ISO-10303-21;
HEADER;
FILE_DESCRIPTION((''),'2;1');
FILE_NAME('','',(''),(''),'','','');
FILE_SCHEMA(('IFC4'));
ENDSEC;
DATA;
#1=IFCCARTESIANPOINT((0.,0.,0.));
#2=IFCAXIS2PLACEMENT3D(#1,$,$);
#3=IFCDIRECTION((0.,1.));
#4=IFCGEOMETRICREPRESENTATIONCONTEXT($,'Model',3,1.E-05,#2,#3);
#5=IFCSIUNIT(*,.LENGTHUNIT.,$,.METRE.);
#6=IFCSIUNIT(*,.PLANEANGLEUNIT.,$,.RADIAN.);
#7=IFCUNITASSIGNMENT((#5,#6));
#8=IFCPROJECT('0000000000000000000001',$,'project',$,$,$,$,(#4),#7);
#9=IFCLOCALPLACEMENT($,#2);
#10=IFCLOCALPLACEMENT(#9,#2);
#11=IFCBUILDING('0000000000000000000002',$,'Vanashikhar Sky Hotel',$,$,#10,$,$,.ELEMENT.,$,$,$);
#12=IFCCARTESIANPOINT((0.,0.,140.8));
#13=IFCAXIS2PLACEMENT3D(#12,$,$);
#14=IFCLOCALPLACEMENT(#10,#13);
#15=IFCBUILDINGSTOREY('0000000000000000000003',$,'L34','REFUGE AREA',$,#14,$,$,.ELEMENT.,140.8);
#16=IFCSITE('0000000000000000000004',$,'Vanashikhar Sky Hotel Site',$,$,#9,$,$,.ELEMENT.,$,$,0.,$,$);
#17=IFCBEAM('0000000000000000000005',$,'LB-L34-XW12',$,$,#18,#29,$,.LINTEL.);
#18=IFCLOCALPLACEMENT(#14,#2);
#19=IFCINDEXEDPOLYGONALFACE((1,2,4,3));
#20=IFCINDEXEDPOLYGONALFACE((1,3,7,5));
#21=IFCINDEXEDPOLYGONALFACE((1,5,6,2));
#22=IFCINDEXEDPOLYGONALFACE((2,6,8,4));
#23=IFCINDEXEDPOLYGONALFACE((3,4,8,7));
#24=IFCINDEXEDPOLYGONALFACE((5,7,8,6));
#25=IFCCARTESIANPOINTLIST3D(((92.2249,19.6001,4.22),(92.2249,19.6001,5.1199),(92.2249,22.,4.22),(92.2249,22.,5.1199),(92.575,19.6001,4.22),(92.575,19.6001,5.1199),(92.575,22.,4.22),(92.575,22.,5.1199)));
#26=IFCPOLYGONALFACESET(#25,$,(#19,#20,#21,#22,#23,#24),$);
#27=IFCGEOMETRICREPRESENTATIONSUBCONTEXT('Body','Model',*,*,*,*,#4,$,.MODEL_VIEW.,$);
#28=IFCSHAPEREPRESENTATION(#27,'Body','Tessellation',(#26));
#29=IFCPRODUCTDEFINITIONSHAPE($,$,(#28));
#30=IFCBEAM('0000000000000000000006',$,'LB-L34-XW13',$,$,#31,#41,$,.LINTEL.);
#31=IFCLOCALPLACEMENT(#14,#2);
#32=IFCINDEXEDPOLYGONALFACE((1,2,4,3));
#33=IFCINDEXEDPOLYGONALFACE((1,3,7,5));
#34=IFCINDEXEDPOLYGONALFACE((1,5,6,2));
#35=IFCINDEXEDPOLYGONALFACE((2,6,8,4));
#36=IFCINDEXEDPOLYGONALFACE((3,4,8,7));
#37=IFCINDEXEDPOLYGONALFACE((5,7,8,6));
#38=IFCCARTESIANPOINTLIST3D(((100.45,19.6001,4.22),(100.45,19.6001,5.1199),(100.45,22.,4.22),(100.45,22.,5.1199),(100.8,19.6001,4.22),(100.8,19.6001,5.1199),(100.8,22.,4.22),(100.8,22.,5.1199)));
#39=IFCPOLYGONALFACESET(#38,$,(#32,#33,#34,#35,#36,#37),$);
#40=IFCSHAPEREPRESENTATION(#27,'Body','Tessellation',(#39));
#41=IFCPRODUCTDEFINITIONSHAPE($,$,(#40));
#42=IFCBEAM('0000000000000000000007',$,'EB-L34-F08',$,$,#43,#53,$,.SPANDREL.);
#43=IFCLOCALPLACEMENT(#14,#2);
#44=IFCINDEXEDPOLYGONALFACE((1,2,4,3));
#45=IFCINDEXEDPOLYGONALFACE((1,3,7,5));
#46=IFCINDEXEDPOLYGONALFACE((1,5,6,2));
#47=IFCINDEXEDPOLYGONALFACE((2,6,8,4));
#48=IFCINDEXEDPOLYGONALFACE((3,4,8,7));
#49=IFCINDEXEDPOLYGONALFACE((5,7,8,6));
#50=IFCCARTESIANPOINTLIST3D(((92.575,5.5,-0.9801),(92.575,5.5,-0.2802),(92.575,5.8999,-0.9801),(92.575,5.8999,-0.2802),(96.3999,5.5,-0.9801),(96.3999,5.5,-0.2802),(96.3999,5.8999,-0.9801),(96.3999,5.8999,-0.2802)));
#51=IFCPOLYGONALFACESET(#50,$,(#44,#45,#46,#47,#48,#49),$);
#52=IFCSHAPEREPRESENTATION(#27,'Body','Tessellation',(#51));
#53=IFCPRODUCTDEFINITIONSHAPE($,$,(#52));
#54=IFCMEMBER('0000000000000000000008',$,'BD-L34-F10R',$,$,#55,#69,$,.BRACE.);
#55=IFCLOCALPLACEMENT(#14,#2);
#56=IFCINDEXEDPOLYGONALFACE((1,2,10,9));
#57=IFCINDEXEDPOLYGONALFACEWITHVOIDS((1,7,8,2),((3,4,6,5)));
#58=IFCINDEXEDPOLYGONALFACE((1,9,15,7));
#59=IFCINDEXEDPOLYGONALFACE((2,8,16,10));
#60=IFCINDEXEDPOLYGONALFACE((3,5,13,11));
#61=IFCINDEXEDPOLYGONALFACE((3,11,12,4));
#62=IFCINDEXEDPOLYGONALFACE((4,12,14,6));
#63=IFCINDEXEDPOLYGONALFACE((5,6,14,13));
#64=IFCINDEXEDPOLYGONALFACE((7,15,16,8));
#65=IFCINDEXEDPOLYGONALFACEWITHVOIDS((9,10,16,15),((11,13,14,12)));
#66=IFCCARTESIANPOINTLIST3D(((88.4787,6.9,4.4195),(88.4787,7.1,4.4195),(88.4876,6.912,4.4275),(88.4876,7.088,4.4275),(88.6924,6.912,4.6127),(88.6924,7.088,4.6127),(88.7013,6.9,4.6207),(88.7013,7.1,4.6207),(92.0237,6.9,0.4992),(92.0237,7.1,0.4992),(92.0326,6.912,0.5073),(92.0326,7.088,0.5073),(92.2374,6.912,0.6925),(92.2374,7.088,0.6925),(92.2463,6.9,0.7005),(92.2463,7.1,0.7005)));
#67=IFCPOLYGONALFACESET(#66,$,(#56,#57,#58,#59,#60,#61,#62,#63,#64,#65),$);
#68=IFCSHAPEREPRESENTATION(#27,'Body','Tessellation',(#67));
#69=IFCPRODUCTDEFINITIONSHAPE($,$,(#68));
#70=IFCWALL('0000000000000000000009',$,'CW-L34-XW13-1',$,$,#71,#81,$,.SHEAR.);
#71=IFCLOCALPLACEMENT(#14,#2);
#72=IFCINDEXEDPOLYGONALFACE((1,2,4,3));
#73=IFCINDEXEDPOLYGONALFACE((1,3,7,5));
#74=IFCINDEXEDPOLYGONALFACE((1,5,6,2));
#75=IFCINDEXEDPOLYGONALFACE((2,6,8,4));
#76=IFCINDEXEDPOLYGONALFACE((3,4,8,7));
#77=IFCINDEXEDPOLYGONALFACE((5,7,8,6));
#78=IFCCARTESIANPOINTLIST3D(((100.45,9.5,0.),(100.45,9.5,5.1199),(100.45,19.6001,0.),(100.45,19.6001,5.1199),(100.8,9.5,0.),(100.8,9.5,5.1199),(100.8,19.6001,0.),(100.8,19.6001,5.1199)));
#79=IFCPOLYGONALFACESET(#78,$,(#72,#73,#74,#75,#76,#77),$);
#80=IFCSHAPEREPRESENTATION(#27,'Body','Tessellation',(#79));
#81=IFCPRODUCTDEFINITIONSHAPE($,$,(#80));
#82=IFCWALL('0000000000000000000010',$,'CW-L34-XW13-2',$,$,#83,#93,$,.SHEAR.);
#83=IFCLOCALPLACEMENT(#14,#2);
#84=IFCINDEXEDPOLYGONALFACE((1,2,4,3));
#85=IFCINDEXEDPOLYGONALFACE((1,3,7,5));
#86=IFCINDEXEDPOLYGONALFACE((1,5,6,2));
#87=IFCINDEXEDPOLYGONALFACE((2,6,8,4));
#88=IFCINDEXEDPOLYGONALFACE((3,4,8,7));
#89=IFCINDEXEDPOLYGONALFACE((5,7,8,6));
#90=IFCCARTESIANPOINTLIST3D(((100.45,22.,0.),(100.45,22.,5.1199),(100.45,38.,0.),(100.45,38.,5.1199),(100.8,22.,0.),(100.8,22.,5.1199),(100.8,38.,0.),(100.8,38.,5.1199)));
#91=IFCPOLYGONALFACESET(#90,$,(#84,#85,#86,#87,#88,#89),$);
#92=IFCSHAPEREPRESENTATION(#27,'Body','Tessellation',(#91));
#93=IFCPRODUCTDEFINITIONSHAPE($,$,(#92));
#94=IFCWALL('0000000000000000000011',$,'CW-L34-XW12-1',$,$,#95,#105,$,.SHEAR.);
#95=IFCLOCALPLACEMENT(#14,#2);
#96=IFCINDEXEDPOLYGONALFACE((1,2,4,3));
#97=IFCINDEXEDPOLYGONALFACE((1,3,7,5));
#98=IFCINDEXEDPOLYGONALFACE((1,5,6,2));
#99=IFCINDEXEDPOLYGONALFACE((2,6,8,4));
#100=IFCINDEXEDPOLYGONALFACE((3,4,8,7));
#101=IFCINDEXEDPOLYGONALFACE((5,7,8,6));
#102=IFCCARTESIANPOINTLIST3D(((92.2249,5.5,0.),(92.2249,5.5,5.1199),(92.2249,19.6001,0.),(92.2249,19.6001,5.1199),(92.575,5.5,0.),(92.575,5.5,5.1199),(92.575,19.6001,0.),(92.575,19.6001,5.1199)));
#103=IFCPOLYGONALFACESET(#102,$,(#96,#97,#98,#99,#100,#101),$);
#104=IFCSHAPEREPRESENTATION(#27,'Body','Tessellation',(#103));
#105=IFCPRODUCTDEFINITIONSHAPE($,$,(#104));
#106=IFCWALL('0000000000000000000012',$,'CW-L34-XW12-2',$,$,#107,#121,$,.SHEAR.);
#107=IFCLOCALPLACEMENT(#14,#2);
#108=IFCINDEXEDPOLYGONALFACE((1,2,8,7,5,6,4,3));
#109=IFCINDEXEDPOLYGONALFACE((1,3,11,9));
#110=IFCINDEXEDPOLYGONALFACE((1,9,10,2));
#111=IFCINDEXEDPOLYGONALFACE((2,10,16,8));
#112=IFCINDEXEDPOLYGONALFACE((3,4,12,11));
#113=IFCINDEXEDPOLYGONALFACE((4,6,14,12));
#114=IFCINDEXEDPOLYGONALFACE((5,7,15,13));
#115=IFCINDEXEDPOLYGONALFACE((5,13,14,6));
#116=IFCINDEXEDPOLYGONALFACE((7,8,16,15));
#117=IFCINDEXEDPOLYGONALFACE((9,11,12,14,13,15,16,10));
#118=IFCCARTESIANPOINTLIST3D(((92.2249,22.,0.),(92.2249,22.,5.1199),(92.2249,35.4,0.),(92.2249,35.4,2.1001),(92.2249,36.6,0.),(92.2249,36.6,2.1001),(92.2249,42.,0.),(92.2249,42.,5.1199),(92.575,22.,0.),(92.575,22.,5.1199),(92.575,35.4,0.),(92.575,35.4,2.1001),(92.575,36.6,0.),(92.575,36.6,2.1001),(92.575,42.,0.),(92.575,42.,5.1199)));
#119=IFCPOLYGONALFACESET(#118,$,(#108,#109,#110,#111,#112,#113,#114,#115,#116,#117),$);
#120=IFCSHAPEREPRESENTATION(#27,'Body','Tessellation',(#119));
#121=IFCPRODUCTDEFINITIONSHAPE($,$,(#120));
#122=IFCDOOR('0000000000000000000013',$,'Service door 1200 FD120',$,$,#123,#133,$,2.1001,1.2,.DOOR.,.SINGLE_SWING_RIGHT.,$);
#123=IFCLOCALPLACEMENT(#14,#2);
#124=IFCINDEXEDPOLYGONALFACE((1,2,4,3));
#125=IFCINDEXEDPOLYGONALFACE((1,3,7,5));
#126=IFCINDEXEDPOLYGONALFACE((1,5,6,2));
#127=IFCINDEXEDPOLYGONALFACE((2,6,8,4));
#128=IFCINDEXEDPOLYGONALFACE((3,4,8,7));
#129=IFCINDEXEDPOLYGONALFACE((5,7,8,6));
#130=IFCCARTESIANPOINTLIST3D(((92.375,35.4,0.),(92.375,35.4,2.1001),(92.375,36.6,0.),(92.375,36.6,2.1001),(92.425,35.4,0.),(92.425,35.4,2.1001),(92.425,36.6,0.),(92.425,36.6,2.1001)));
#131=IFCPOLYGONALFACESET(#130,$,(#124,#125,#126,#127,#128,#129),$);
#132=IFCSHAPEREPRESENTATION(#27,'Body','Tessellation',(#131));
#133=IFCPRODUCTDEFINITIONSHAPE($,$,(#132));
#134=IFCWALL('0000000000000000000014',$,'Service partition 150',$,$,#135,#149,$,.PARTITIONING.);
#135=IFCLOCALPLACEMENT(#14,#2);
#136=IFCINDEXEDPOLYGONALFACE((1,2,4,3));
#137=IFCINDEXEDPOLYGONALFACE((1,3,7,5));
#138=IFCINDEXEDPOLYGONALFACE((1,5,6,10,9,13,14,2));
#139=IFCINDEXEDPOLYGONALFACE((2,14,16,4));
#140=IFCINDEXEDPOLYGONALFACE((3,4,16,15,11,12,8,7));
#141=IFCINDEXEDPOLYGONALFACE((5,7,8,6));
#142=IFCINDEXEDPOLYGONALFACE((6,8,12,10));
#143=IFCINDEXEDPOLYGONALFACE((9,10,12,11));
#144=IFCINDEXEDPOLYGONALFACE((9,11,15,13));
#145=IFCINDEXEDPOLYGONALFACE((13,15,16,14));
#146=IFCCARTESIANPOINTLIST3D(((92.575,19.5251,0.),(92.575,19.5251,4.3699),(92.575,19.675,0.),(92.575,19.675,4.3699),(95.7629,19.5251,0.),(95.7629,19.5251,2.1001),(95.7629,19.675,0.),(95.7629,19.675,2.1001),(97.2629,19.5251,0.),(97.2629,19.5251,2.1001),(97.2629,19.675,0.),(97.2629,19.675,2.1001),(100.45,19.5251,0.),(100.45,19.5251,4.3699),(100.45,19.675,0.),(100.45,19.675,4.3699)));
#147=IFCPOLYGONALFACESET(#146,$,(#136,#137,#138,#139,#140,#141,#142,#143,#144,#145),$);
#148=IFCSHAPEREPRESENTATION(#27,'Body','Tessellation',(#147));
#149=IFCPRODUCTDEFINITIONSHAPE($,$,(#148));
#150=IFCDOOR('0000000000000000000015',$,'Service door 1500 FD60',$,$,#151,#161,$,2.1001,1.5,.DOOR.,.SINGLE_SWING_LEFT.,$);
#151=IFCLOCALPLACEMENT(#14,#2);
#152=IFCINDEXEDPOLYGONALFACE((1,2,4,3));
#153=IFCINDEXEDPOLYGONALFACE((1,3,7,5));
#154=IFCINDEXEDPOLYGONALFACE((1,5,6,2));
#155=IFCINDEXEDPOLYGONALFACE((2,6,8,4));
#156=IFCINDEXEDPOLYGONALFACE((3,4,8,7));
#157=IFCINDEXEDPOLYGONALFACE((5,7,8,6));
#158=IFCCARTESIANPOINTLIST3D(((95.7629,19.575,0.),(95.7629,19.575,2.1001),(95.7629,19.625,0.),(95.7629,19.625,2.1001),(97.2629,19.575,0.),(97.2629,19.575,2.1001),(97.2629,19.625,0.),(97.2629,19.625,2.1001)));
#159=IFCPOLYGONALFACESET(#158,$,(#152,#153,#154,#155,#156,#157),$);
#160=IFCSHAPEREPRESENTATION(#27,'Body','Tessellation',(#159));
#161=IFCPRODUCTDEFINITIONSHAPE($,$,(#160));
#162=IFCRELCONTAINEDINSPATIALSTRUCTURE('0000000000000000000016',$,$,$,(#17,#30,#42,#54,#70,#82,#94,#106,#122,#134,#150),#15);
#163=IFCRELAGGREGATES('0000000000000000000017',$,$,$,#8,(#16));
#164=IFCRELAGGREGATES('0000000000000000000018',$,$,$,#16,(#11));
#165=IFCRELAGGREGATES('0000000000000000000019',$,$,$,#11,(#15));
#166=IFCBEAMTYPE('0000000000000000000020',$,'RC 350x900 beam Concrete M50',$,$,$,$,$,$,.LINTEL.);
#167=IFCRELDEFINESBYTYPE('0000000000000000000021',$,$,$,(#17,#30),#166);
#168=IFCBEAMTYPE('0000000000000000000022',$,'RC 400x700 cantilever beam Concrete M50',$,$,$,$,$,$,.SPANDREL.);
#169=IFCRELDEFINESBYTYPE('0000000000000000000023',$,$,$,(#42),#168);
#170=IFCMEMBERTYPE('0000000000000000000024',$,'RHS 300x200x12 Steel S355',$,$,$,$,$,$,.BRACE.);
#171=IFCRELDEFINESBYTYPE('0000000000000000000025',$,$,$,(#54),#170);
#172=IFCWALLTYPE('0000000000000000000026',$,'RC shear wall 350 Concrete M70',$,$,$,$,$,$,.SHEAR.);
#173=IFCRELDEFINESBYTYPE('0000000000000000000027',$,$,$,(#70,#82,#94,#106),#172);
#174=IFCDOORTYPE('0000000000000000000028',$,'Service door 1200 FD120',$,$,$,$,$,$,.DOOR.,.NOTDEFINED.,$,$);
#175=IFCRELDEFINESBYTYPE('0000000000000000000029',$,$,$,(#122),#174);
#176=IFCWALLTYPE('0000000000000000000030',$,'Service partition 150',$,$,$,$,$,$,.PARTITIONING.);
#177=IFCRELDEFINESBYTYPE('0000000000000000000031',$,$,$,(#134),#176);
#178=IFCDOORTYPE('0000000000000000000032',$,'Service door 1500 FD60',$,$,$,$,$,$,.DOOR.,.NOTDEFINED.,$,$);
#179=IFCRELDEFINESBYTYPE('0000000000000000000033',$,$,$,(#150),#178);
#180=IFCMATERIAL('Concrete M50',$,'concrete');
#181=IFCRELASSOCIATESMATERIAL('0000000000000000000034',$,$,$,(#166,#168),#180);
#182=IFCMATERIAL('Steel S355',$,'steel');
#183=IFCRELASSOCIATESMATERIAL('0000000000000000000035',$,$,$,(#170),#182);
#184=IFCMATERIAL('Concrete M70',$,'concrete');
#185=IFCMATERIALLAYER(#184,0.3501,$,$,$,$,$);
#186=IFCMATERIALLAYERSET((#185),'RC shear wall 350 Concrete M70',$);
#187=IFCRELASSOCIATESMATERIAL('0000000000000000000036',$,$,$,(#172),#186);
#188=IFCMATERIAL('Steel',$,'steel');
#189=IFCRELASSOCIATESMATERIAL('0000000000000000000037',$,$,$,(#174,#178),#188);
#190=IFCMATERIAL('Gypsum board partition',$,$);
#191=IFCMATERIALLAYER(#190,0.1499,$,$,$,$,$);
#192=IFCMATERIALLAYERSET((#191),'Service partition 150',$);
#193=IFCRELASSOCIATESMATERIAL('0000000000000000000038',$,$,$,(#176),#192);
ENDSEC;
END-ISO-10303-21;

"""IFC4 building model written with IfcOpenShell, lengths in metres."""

from ifc_helpers import new_model, si_unit, direction, frame, frame_2d, origin, origin_2d, place, context, subcontext, project, spatial, rectangle, hollow_rectangle, extrude, source, transform, mapped, material, layer, layer_set, material_profile, profile_set, type_object, element, fill, save


model = new_model("IFC4")

# Units and contexts
model_context = context("Model", 3, precision=1e-05, world=origin(), true_north=direction((0.0, 1.0)))
body_context = subcontext(model_context, "Body", "Model", "MODEL_VIEW")
ifc_project = project(units=[si_unit("LENGTHUNIT", "METRE"), si_unit("PLANEANGLEUNIT", "RADIAN")], contexts=[model_context])

# Site, building, storey
site_placement = place(None, origin())
site = spatial("IfcSite", under=ifc_project, at=site_placement, Name="Vanashikhar Sky Hotel Site", CompositionType="ELEMENT", RefElevation=0.0)
building_placement = place(site_placement, origin())
building = spatial("IfcBuilding", under=site, at=building_placement, Name="Vanashikhar Sky Hotel", CompositionType="ELEMENT")
storey_placement = place(building_placement, frame((0.0, 0.0, 140.8)))
storey = spatial("IfcBuildingStorey", under=building, at=storey_placement, Name="L34", Description="REFUGE AREA", CompositionType="ELEMENT", Elevation=140.8)

# Beams
ifc_material_1 = material(Name="Concrete M50", Category="concrete")
ifc_material_profile_1 = material_profile(ifc_material_1, rectangle(XDim=0.3501, YDim=0.8999, at=origin_2d()))
ifc_profile_set_1 = profile_set([ifc_material_profile_1], Name="RC 350x900 beam Concrete M50")
beam_type_1 = type_object("IfcBeamType", Name="RC 350x900 beam Concrete M50", PredefinedType="LINTEL", material=ifc_profile_set_1)
shared_shape_1 = source(origin(), body_context, "Body", "SweptSolid", [
    extrude(rectangle(XDim=0.3501, YDim=0.8999, at=origin_2d()), origin(), (0.0, 0.0, 1.0), 2.3999),
])
for number, where, z_axis, x_axis, name in (
    (1, (92.3999, 19.6001, 4.6699), (0.0, 1.0, 0.0), (-1.0, 0.0, 0.0), "LB-L34-XW12"),
    (2, (100.625, 19.6001, 4.6699), (0.0, 1.0, 0.0), (-1.0, 0.0, 0.0), "LB-L34-XW13"),
):
    element("IfcBeam", number, at=place(storey_placement, frame(where, z_axis=z_axis, x_axis=x_axis)), inside=storey, type_object=beam_type_1, Name=name, PredefinedType="LINTEL", context=body_context, shape_type="MappedRepresentation", body=[
        mapped(shared_shape_1, transform((0.0, 0.0, 0.0), scale=1.0)),
    ])
ifc_material_profile_2 = material_profile(ifc_material_1, rectangle(XDim=0.3999, YDim=0.7, at=origin_2d()))
ifc_profile_set_2 = profile_set([ifc_material_profile_2], Name="RC 400x700 cantilever beam Concrete M50")
beam_type_2 = type_object("IfcBeamType", Name="RC 400x700 cantilever beam Concrete M50", PredefinedType="SPANDREL", material=ifc_profile_set_2)
shared_shape_2 = source(origin(), body_context, "Body", "SweptSolid", [
    extrude(rectangle(XDim=0.3999, YDim=0.7, at=origin_2d()), origin(), (0.0, 0.0, 1.0), 3.825),
])
beam_placement = place(storey_placement, frame((92.575, 5.7, -0.6301), z_axis=(1.0, 0.0, 0.0), x_axis=(0.0, 1.0, 0.0)))
element("IfcBeam", 3, at=beam_placement, inside=storey, type_object=beam_type_2, Name="EB-L34-F08", PredefinedType="SPANDREL", context=body_context, shape_type="MappedRepresentation", body=[
    mapped(shared_shape_2, transform((0.0, 0.0, 0.0), scale=1.0)),
])

# Member
ifc_material_2 = material(Name="Steel S355", Category="steel")
ifc_material_profile_3 = material_profile(ifc_material_2, hollow_rectangle(XDim=0.2, YDim=0.3, WallThickness=0.012, at=origin_2d()))
ifc_profile_set_3 = profile_set([ifc_material_profile_3], Name="RHS 300x200x12 Steel S355")
member_type = type_object("IfcMemberType", Name="RHS 300x200x12 Steel S355", PredefinedType="BRACE", material=ifc_profile_set_3)
shared_shape_3 = source(origin(), body_context, "Body", "SweptSolid", [
    extrude(hollow_rectangle(XDim=0.2, YDim=0.3, WallThickness=0.012, at=origin_2d()), origin(), (0.0, 0.0, 1.0), 5.2854),
])
member_placement = place(storey_placement, frame((92.135, 7.0, 0.5999), z_axis=(-0.670716, 0.0, 0.741714), x_axis=(0.0, -1.0, 0.0)))
element("IfcMember", 4, at=member_placement, inside=storey, type_object=member_type, Name="BD-L34-F10R", PredefinedType="BRACE", context=body_context, shape_type="MappedRepresentation", body=[
    mapped(shared_shape_3, transform((0.0, 0.0, 0.0), scale=1.0)),
])

# Walls
ifc_material_3 = material(Name="Concrete M70", Category="concrete")
ifc_layer_1 = layer(ifc_material_3, 0.3501)
ifc_layer_set_1 = layer_set([ifc_layer_1], Name="RC shear wall 350 Concrete M70")
wall_type_1 = type_object("IfcWallType", Name="RC shear wall 350 Concrete M70", PredefinedType="SHEAR", material=ifc_layer_set_1)
shared_shape_4 = source(origin(), body_context, "Body", "SweptSolid", [
    extrude(rectangle(XDim=10.1001, YDim=0.3501, at=frame_2d((5.05, 0.0))), origin(), (0.0, 0.0, 1.0), 5.1199),
])
wall_1_placement = place(storey_placement, frame((100.625, 9.5, 0.0), z_axis=(0.0, 0.0, 1.0), x_axis=(0.0, 1.0, 0.0)))
element("IfcWall", 5, at=wall_1_placement, inside=storey, type_object=wall_type_1, Name="CW-L34-XW13-1", PredefinedType="SHEAR", context=body_context, shape_type="MappedRepresentation", body=[
    mapped(shared_shape_4, transform((0.0, 0.0, 0.0), scale=1.0)),
])
shared_shape_5 = source(origin(), body_context, "Body", "SweptSolid", [
    extrude(rectangle(XDim=16.0, YDim=0.3501, at=frame_2d((8.0, 0.0))), origin(), (0.0, 0.0, 1.0), 5.1199),
])
wall_2_placement = place(storey_placement, frame((100.625, 22.0, 0.0), z_axis=(0.0, 0.0, 1.0), x_axis=(0.0, 1.0, 0.0)))
element("IfcWall", 6, at=wall_2_placement, inside=storey, type_object=wall_type_1, Name="CW-L34-XW13-2", PredefinedType="SHEAR", context=body_context, shape_type="MappedRepresentation", body=[
    mapped(shared_shape_5, transform((0.0, 0.0, 0.0), scale=1.0)),
])
shared_shape_6 = source(origin(), body_context, "Body", "SweptSolid", [
    extrude(rectangle(XDim=14.1001, YDim=0.3501, at=frame_2d((7.05, 0.0))), origin(), (0.0, 0.0, 1.0), 5.1199),
])
wall_3_placement = place(storey_placement, frame((92.3999, 5.5, 0.0), z_axis=(0.0, 0.0, 1.0), x_axis=(0.0, 1.0, 0.0)))
element("IfcWall", 7, at=wall_3_placement, inside=storey, type_object=wall_type_1, Name="CW-L34-XW12-1", PredefinedType="SHEAR", context=body_context, shape_type="MappedRepresentation", body=[
    mapped(shared_shape_6, transform((0.0, 0.0, 0.0), scale=1.0)),
])

# Walls, openings, doors
shared_shape_7 = source(origin(), body_context, "Body", "SweptSolid", [
    extrude(rectangle(XDim=20.0, YDim=0.3501, at=frame_2d((10.0, 0.0))), origin(), (0.0, 0.0, 1.0), 5.1199),
])
wall_4_placement = place(storey_placement, frame((92.3999, 22.0, 0.0), z_axis=(0.0, 0.0, 1.0), x_axis=(0.0, 1.0, 0.0)))
wall_4 = element("IfcWall", 8, at=wall_4_placement, inside=storey, type_object=wall_type_1, Name="CW-L34-XW12-2", PredefinedType="SHEAR", context=body_context, shape_type="MappedRepresentation", body=[
    mapped(shared_shape_7, transform((0.0, 0.0, 0.0), scale=1.0)),
])
shared_shape_8 = source(origin(), body_context, "Body", "SweptSolid", [
    extrude(rectangle(XDim=1.2, YDim=2.1001, at=frame_2d((0.6001, 1.05))), frame((0.0, 0.1851, 0.0), z_axis=(0.0, -1.0, 0.0), x_axis=(1.0, 0.0, 0.0)), (0.0, 0.0, 1.0), 0.3701),
])
opening_1_placement = place(wall_4_placement, frame((13.3999, 0.0, 0.0)))
opening_1 = element("IfcOpeningElement", 9, at=opening_1_placement, cuts=wall_4, PredefinedType="OPENING", context=body_context, shape_type="MappedRepresentation", body=[
    mapped(shared_shape_8, transform((0.0, 0.0, 0.0), scale=1.0)),
])
ifc_material_4 = material(Name="Steel", Category="steel")
door_type_1 = type_object("IfcDoorType", Name="Service door 1200 FD120", OperationType="NOTDEFINED", PredefinedType="DOOR", material=ifc_material_4)
shared_shape_9 = source(origin(), body_context, "Body", "SweptSolid", [
    extrude(rectangle(XDim=1.2, YDim=2.1001, at=frame_2d((0.6001, 1.05))), frame((0.0, 0.0249, 0.0), z_axis=(0.0, -1.0, 0.0), x_axis=(1.0, 0.0, 0.0)), (0.0, 0.0, 1.0), 0.05),
])
door_1_placement = place(opening_1_placement, origin())
door_1 = element("IfcDoor", 10, at=door_1_placement, inside=storey, type_object=door_type_1, Name="Service door 1200 FD120", OperationType="SINGLE_SWING_RIGHT", OverallHeight=2.1001, OverallWidth=1.2, PredefinedType="DOOR", context=body_context, shape_type="MappedRepresentation", body=[
    mapped(shared_shape_9, transform((0.0, 0.0, 0.0), scale=1.0)),
])
fill(opening_1, door_1)
ifc_material_5 = material(Name="Gypsum board partition")
ifc_layer_2 = layer(ifc_material_5, 0.1499)
ifc_layer_set_2 = layer_set([ifc_layer_2], Name="Service partition 150")
wall_type_2 = type_object("IfcWallType", Name="Service partition 150", PredefinedType="PARTITIONING", material=ifc_layer_set_2)
shared_shape_10 = source(origin(), body_context, "Body", "SweptSolid", [
    extrude(rectangle(XDim=7.875, YDim=0.1499, at=frame_2d((3.9375, 0.0))), origin(), (0.0, 0.0, 1.0), 4.3699),
])
wall_5_placement = place(storey_placement, frame((92.575, 19.6001, 0.0), z_axis=(0.0, 0.0, 1.0), x_axis=(1.0, 0.0, 0.0)))
wall_5 = element("IfcWall", 11, at=wall_5_placement, inside=storey, type_object=wall_type_2, Name="Service partition 150", PredefinedType="PARTITIONING", context=body_context, shape_type="MappedRepresentation", body=[
    mapped(shared_shape_10, transform((0.0, 0.0, 0.0), scale=1.0)),
])
shared_shape_11 = source(origin(), body_context, "Body", "SweptSolid", [
    extrude(rectangle(XDim=1.5, YDim=2.1001, at=frame_2d((0.75, 1.05))), frame((0.0, 0.085, 0.0), z_axis=(0.0, -1.0, 0.0), x_axis=(1.0, 0.0, 0.0)), (0.0, 0.0, 1.0), 0.1699),
])
opening_2_placement = place(wall_5_placement, frame((3.188, 0.0, 0.0)))
opening_2 = element("IfcOpeningElement", 12, at=opening_2_placement, cuts=wall_5, PredefinedType="OPENING", context=body_context, shape_type="MappedRepresentation", body=[
    mapped(shared_shape_11, transform((0.0, 0.0, 0.0), scale=1.0)),
])
door_type_2 = type_object("IfcDoorType", Name="Service door 1500 FD60", OperationType="NOTDEFINED", PredefinedType="DOOR", material=ifc_material_4)
shared_shape_12 = source(origin(), body_context, "Body", "SweptSolid", [
    extrude(rectangle(XDim=1.5, YDim=2.1001, at=frame_2d((0.75, 1.05))), frame((0.0, 0.0249, 0.0), z_axis=(0.0, -1.0, 0.0), x_axis=(1.0, 0.0, 0.0)), (0.0, 0.0, 1.0), 0.05),
])
door_2_placement = place(opening_2_placement, origin())
door_2 = element("IfcDoor", 13, at=door_2_placement, inside=storey, type_object=door_type_2, Name="Service door 1500 FD60", OperationType="SINGLE_SWING_LEFT", OverallHeight=2.1001, OverallWidth=1.5, PredefinedType="DOOR", context=body_context, shape_type="MappedRepresentation", body=[
    mapped(shared_shape_12, transform((0.0, 0.0, 0.0), scale=1.0)),
])
fill(opening_2, door_2)

save(model, "model.ifc")
